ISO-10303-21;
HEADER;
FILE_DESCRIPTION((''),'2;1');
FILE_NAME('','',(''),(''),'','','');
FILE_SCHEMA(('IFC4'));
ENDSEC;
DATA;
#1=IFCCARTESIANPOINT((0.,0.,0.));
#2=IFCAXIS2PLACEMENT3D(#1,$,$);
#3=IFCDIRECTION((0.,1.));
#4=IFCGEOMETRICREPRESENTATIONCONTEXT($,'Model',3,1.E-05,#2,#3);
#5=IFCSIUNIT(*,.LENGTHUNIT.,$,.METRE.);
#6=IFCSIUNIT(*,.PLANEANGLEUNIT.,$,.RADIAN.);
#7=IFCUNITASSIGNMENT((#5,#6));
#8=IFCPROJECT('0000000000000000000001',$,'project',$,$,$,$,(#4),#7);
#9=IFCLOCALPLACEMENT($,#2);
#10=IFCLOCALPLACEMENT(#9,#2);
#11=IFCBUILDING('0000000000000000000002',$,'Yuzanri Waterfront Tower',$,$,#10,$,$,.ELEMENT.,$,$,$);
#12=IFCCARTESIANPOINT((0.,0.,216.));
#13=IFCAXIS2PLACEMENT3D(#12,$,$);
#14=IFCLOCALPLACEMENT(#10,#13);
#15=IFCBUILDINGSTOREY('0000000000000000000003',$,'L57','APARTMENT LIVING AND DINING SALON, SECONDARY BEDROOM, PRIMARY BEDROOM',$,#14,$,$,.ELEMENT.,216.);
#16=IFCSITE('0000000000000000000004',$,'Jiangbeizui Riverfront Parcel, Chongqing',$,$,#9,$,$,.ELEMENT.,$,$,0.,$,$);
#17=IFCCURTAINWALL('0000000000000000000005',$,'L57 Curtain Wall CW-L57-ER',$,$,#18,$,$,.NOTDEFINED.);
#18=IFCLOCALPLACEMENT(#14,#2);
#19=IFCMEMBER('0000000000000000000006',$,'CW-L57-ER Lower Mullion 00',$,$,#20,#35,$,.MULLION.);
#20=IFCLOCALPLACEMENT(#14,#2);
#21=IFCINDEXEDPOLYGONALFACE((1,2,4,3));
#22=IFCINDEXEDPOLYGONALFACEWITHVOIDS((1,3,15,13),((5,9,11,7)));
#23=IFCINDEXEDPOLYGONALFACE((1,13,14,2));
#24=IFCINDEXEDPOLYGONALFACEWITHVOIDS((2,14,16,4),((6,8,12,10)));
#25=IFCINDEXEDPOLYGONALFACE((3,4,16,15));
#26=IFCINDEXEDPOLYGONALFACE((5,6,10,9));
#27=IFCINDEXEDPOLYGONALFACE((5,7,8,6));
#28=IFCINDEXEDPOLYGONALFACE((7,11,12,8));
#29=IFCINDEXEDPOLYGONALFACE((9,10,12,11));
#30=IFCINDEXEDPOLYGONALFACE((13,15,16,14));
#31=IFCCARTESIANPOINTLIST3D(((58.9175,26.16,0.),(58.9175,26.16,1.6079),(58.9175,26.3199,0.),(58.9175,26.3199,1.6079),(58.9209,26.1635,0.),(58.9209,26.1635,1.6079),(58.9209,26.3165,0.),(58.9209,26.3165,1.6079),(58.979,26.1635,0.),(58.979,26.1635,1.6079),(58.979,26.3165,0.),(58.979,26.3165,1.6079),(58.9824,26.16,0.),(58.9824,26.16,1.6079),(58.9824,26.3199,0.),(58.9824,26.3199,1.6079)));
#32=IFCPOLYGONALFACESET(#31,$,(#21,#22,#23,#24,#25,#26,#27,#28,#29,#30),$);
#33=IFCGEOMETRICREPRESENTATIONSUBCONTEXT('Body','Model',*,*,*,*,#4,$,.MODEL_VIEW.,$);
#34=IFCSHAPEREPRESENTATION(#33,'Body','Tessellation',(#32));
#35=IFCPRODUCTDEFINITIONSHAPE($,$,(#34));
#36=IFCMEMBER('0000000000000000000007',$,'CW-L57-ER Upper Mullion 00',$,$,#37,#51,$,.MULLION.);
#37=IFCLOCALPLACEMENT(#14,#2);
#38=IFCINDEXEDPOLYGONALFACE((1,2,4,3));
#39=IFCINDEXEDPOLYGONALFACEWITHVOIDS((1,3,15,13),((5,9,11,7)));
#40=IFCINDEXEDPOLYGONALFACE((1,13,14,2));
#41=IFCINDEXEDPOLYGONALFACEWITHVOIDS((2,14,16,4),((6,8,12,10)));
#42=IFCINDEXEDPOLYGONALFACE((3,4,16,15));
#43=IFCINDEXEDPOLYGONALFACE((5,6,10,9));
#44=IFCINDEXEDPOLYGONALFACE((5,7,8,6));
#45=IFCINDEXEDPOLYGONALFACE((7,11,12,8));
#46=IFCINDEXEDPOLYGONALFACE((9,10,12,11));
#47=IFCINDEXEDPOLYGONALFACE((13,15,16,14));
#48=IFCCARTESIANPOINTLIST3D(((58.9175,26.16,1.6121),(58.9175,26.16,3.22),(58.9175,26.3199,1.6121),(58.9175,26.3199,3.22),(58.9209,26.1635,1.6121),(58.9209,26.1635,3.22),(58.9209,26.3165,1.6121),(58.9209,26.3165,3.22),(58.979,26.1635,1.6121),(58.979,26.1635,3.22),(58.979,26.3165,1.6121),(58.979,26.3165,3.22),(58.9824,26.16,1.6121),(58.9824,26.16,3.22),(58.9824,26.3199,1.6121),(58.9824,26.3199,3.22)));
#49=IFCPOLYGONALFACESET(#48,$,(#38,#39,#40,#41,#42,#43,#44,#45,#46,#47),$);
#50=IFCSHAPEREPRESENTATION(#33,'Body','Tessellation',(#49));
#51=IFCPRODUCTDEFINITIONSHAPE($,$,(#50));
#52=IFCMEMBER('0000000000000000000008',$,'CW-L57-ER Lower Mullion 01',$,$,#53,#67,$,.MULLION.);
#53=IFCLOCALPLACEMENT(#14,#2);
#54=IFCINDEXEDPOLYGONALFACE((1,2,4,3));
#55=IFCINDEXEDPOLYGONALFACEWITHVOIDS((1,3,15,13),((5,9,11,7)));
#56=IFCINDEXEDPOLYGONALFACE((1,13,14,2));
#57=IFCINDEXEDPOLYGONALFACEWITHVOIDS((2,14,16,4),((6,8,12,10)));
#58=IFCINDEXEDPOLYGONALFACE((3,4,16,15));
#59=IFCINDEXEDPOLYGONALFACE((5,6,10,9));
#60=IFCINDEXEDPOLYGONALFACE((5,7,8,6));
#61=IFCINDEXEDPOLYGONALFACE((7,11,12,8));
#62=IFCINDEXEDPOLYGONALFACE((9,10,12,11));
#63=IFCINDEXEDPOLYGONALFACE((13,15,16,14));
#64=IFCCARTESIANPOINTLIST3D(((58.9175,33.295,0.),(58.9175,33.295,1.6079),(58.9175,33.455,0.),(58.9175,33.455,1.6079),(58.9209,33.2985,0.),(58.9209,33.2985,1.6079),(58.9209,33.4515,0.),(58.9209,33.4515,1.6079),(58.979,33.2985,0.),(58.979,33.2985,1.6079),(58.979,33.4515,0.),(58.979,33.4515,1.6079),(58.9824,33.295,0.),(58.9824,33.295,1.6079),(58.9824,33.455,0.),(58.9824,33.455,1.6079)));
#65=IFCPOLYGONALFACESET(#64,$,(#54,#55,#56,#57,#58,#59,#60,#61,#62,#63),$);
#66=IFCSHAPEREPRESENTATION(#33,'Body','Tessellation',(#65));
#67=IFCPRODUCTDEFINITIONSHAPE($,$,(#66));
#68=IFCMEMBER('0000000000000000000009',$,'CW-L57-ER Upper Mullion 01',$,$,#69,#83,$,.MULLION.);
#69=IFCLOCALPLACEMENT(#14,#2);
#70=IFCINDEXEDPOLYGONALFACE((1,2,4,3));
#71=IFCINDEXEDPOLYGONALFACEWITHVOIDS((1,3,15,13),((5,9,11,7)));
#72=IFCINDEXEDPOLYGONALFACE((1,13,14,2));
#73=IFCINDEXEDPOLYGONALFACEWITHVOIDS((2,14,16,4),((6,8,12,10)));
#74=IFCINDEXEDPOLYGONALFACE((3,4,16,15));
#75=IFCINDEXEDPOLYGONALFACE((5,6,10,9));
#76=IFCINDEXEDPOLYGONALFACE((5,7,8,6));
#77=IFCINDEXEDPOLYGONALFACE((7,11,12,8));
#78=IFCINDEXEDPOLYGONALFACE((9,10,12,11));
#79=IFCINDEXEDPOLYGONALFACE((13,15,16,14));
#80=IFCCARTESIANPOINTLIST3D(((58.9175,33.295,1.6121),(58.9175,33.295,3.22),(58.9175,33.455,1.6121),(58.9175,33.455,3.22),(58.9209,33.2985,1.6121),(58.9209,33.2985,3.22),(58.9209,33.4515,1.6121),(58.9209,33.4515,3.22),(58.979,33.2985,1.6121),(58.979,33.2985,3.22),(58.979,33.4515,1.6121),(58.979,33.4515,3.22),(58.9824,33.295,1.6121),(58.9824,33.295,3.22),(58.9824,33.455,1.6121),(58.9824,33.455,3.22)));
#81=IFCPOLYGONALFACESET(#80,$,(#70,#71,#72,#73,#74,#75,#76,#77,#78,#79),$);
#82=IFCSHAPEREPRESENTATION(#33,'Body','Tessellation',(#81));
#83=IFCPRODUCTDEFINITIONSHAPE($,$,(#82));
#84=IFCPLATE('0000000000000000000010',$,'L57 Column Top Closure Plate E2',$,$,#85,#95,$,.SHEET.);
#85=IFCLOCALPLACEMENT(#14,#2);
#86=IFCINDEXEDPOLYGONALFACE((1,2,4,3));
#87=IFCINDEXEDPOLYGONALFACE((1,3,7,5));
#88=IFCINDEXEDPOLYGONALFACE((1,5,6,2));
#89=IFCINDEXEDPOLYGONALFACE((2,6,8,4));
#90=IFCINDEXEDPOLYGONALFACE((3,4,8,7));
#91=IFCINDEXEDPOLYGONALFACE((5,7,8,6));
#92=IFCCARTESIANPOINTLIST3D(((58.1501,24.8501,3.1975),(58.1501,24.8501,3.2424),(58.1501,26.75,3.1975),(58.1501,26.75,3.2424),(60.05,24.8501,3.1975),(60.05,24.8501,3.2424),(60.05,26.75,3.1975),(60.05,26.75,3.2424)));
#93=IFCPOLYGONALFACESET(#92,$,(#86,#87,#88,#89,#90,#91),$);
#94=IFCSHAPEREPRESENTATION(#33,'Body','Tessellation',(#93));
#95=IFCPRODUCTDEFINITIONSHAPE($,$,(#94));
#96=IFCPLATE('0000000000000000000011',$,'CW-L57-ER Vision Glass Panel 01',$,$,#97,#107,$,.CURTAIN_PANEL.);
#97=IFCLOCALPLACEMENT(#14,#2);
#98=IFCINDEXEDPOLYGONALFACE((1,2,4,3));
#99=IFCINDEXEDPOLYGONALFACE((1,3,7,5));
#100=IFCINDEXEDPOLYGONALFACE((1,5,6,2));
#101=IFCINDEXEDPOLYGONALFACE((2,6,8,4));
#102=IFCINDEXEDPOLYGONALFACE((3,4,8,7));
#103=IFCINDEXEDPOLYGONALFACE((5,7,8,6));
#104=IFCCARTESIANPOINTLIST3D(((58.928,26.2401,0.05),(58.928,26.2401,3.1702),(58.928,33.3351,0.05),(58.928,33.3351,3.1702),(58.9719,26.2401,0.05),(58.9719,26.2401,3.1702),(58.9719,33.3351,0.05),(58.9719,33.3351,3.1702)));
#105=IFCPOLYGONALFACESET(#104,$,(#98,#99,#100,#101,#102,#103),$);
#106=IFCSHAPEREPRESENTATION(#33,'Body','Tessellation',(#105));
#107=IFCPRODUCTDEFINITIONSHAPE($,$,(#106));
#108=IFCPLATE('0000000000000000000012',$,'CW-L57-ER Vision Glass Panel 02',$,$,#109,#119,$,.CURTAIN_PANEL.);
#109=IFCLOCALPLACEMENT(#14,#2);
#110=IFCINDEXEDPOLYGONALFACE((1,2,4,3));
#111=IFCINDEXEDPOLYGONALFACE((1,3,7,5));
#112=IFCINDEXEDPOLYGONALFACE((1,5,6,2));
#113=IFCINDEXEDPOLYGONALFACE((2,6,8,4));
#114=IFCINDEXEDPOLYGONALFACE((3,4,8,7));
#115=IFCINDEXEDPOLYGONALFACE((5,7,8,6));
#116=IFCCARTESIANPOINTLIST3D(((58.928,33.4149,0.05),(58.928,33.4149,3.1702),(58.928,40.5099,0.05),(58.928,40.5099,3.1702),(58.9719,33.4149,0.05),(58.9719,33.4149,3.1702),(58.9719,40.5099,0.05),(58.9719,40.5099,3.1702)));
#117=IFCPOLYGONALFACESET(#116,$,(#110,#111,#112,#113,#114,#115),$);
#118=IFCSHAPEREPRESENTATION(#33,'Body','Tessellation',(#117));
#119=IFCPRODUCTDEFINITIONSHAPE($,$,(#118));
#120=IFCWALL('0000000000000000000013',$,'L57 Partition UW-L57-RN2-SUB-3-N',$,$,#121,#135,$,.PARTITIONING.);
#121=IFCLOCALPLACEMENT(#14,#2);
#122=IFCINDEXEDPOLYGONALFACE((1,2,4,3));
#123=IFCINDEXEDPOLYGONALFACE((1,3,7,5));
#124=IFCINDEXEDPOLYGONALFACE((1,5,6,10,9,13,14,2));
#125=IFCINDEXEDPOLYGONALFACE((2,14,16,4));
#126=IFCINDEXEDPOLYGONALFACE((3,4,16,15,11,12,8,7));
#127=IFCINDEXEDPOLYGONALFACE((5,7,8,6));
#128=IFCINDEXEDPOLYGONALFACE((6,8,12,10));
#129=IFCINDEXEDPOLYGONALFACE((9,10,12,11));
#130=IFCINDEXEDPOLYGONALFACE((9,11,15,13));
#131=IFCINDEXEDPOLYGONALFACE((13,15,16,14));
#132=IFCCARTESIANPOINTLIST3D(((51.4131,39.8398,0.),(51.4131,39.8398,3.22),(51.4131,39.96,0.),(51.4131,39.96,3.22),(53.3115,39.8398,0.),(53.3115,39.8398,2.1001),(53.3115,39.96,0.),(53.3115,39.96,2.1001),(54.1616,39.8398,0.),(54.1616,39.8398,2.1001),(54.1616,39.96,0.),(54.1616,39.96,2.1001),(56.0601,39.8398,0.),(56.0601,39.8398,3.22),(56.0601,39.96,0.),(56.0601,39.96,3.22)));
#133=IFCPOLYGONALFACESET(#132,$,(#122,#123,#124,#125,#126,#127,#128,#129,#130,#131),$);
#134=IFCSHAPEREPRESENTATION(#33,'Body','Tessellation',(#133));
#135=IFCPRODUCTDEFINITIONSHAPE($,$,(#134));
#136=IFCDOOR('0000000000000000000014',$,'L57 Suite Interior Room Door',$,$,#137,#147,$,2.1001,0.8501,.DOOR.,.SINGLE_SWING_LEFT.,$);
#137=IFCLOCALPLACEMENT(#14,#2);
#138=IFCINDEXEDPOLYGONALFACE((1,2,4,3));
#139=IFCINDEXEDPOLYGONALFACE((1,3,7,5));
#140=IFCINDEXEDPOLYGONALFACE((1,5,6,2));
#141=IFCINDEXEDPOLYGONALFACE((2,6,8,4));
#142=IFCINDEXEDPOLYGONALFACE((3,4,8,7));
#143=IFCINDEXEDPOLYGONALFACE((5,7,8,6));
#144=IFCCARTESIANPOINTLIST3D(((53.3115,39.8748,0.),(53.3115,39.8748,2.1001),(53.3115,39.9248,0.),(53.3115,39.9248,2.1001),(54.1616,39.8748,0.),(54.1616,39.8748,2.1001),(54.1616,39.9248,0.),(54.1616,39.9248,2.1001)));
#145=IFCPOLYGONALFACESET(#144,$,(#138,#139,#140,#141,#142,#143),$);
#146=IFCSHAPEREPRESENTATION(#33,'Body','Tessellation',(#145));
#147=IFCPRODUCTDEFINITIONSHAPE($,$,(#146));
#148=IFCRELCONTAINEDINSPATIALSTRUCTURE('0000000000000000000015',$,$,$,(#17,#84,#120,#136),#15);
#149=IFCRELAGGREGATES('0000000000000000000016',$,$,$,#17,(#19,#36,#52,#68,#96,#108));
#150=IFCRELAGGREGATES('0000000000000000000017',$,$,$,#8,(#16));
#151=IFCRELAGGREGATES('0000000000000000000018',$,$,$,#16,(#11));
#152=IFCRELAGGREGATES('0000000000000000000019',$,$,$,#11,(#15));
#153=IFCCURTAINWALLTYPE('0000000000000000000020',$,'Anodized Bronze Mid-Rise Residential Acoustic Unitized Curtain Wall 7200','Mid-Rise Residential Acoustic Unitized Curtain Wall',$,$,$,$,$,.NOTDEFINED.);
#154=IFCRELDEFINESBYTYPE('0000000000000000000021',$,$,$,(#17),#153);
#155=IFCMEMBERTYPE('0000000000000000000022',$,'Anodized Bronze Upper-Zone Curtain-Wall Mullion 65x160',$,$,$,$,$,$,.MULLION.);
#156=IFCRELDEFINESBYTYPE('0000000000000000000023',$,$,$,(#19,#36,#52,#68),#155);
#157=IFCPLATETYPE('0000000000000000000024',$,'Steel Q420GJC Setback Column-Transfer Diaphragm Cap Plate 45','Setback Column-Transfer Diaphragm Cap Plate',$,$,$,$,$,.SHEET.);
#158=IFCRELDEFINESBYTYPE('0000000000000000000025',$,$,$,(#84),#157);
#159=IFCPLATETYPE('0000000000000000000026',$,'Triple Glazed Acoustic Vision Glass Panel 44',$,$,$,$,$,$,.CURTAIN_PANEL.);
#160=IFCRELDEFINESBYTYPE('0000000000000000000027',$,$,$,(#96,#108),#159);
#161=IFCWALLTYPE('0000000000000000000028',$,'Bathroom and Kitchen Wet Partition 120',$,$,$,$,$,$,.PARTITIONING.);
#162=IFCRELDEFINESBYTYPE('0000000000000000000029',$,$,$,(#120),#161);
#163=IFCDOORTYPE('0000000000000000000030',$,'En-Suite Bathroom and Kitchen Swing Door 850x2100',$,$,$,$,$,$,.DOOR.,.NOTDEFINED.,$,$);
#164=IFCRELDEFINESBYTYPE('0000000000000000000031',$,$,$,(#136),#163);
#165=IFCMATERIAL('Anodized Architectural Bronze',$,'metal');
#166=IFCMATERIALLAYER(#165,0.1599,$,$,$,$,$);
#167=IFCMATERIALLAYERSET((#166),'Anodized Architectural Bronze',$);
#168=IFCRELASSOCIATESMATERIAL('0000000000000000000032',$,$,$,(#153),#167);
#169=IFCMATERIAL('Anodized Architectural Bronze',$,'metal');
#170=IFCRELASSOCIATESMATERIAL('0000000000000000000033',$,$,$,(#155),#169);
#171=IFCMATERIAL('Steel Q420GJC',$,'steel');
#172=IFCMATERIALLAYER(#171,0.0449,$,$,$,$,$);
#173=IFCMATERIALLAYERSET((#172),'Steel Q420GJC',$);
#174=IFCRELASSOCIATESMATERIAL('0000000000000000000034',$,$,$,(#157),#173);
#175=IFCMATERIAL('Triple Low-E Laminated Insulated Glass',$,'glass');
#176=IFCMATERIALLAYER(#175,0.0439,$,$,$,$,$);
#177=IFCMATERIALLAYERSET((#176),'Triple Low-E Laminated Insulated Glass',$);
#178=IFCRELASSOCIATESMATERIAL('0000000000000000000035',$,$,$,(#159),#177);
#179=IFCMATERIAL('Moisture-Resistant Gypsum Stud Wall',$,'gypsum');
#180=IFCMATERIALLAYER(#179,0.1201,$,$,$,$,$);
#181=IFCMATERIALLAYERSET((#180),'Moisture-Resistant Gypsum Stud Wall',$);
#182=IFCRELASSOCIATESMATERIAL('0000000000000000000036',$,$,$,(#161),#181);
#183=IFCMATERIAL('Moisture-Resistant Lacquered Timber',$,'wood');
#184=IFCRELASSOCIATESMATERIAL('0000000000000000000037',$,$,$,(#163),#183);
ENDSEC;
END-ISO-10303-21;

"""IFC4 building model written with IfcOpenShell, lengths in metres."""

from ifc_helpers import new_model, si_unit, direction, frame, frame_2d, origin, origin_2d, place, context, subcontext, project, spatial, rectangle, hollow_rectangle, extrude, source, transform, mapped, material, layer, layer_set, material_profile, profile_set, type_object, element, fill, aggregate, save


model = new_model("IFC4")

# Units and contexts
model_context = context("Model", 3, precision=1e-05, world=origin(), true_north=direction((0.0, 1.0)))
body_context = subcontext(model_context, "Body", "Model", "MODEL_VIEW")
ifc_project = project(units=[si_unit("LENGTHUNIT", "METRE"), si_unit("PLANEANGLEUNIT", "RADIAN")], contexts=[model_context])

# Site, building, storey
site_placement = place(None, origin())
site = spatial("IfcSite", under=ifc_project, at=site_placement, Name="Jiangbeizui Riverfront Parcel, Chongqing", CompositionType="ELEMENT", RefElevation=0.0)
building_placement = place(site_placement, origin())
building = spatial("IfcBuilding", under=site, at=building_placement, Name="Yuzanri Waterfront Tower", CompositionType="ELEMENT")
storey_placement = place(building_placement, frame((0.0, 0.0, 216.0)))
storey = spatial("IfcBuildingStorey", under=building, at=storey_placement, Name="L57", Description="APARTMENT LIVING AND DINING SALON, SECONDARY BEDROOM, PRIMARY BEDROOM", CompositionType="ELEMENT", Elevation=216.0)

# Curtain wall, members
ifc_material_1 = material(Name="Anodized Architectural Bronze", Category="metal")
ifc_layer_1 = layer(ifc_material_1, 0.1599)
ifc_layer_set_1 = layer_set([ifc_layer_1], Name="Anodized Architectural Bronze")
curtain_wall_type = type_object("IfcCurtainWallType", Name="Anodized Bronze Mid-Rise Residential Acoustic Unitized Curtain Wall 7200", Description="Mid-Rise Residential Acoustic Unitized Curtain Wall", PredefinedType="NOTDEFINED", material=ifc_layer_set_1)
curtain_wall_placement = place(storey_placement, origin())
curtain_wall = element("IfcCurtainWall", 1, at=curtain_wall_placement, inside=storey, type_object=curtain_wall_type, Name="L57 Curtain Wall CW-L57-ER", PredefinedType="NOTDEFINED")
ifc_material_2 = material(Name="Anodized Architectural Bronze", Category="metal")
ifc_material_profile_1 = material_profile(ifc_material_2, hollow_rectangle(XDim=0.0649, YDim=0.1599, WallThickness=0.0034, at=origin_2d()), Name="CWM 65x160")
ifc_profile_set_1 = profile_set([ifc_material_profile_1], Name="Anodized Architectural Bronze")
member_type_1 = type_object("IfcMemberType", Name="Anodized Bronze Upper-Zone Curtain-Wall Mullion 65x160", PredefinedType="MULLION", material=ifc_profile_set_1)
shared_shape_1 = source(origin(), body_context, "Body", "SweptSolid", [
    extrude(hollow_rectangle(XDim=0.0649, YDim=0.1599, WallThickness=0.0034, at=origin_2d()), origin(), (0.0, 0.0, 1.0), 1.6079),
])
member_1_placement = place(storey_placement, frame((58.95, 26.24, 0.0), z_axis=(0.0, 0.0, 1.0), x_axis=(1.0, 0.0, 0.0)))
member_1 = element("IfcMember", 2, at=member_1_placement, type_object=member_type_1, Name="CW-L57-ER Lower Mullion 00", PredefinedType="MULLION", context=body_context, shape_type="MappedRepresentation", body=[
    mapped(shared_shape_1, transform((0.0, 0.0, 0.0), scale=1.0)),
])
member_2_placement = place(storey_placement, frame((58.95, 26.24, 1.6121), z_axis=(0.0, 0.0, 1.0), x_axis=(1.0, 0.0, 0.0)))
member_2 = element("IfcMember", 3, at=member_2_placement, type_object=member_type_1, Name="CW-L57-ER Upper Mullion 00", PredefinedType="MULLION", context=body_context, shape_type="MappedRepresentation", body=[
    mapped(shared_shape_1, transform((0.0, 0.0, 0.0), scale=1.0)),
])
member_3_placement = place(storey_placement, frame((58.95, 33.375, 0.0), z_axis=(0.0, 0.0, 1.0), x_axis=(1.0, 0.0, 0.0)))
member_3 = element("IfcMember", 4, at=member_3_placement, type_object=member_type_1, Name="CW-L57-ER Lower Mullion 01", PredefinedType="MULLION", context=body_context, shape_type="MappedRepresentation", body=[
    mapped(shared_shape_1, transform((0.0, 0.0, 0.0), scale=1.0)),
])
member_4_placement = place(storey_placement, frame((58.95, 33.375, 1.6121), z_axis=(0.0, 0.0, 1.0), x_axis=(1.0, 0.0, 0.0)))
member_4 = element("IfcMember", 5, at=member_4_placement, type_object=member_type_1, Name="CW-L57-ER Upper Mullion 01", PredefinedType="MULLION", context=body_context, shape_type="MappedRepresentation", body=[
    mapped(shared_shape_1, transform((0.0, 0.0, 0.0), scale=1.0)),
])

# Plates
ifc_material_3 = material(Name="Steel Q420GJC", Category="steel")
ifc_layer_2 = layer(ifc_material_3, 0.0449)
ifc_layer_set_2 = layer_set([ifc_layer_2], Name="Steel Q420GJC")
plate_type_1 = type_object("IfcPlateType", Name="Steel Q420GJC Setback Column-Transfer Diaphragm Cap Plate 45", Description="Setback Column-Transfer Diaphragm Cap Plate", PredefinedType="SHEET", material=ifc_layer_set_2)
shared_shape_2 = source(origin(), body_context, "Body", "SweptSolid", [
    extrude(rectangle(XDim=1.8999, YDim=1.8999, at=origin_2d()), origin(), (0.0, 0.0, 1.0), 0.0449),
])
plate_1_placement = place(storey_placement, frame((59.1001, 25.8, 3.1975), z_axis=(0.0, 0.0, 1.0), x_axis=(1.0, 0.0, 0.0)))
element("IfcPlate", 6, at=plate_1_placement, inside=storey, type_object=plate_type_1, Name="L57 Column Top Closure Plate E2", PredefinedType="SHEET", context=body_context, shape_type="MappedRepresentation", body=[
    mapped(shared_shape_2, transform((0.0, 0.0, 0.0), scale=1.0)),
])
ifc_material_4 = material(Name="Triple Low-E Laminated Insulated Glass", Category="glass")
ifc_layer_3 = layer(ifc_material_4, 0.0439)
ifc_layer_set_3 = layer_set([ifc_layer_3], Name="Triple Low-E Laminated Insulated Glass")
plate_type_2 = type_object("IfcPlateType", Name="Triple Glazed Acoustic Vision Glass Panel 44", PredefinedType="CURTAIN_PANEL", material=ifc_layer_set_3)
shared_shape_3 = source(origin(), body_context, "Body", "SweptSolid", [
    extrude(rectangle(XDim=7.095, YDim=0.0439, at=origin_2d()), origin(), (0.0, 0.0, 1.0), 3.1201),
])
plate_2_placement = place(storey_placement, frame((58.95, 29.7876, 0.05), z_axis=(0.0, 0.0, 1.0), x_axis=(0.0, 1.0, 0.0)))
plate_2 = element("IfcPlate", 7, at=plate_2_placement, type_object=plate_type_2, Name="CW-L57-ER Vision Glass Panel 01", PredefinedType="CURTAIN_PANEL", context=body_context, shape_type="MappedRepresentation", body=[
    mapped(shared_shape_3, transform((0.0, 0.0, 0.0), scale=1.0)),
])
plate_3_placement = place(storey_placement, frame((58.95, 36.9624, 0.05), z_axis=(0.0, 0.0, 1.0), x_axis=(0.0, 1.0, 0.0)))
plate_3 = element("IfcPlate", 8, at=plate_3_placement, type_object=plate_type_2, Name="CW-L57-ER Vision Glass Panel 02", PredefinedType="CURTAIN_PANEL", context=body_context, shape_type="MappedRepresentation", body=[
    mapped(shared_shape_3, transform((0.0, 0.0, 0.0), scale=1.0)),
])
aggregate(curtain_wall, [member_1, member_2, member_3, member_4, plate_2, plate_3])

# Wall, opening, door
ifc_material_5 = material(Name="Moisture-Resistant Gypsum Stud Wall", Category="gypsum")
ifc_layer_4 = layer(ifc_material_5, 0.1201)
ifc_layer_set_4 = layer_set([ifc_layer_4], Name="Moisture-Resistant Gypsum Stud Wall")
wall_type_1 = type_object("IfcWallType", Name="Bathroom and Kitchen Wet Partition 120", PredefinedType="PARTITIONING", material=ifc_layer_set_4)
wall_1_placement = place(storey_placement, frame((51.4131, 39.8999, 0.0), z_axis=(0.0, 0.0, 1.0), x_axis=(1.0, 0.0, 0.0)))
wall_1 = element("IfcWall", 9, at=wall_1_placement, inside=storey, type_object=wall_type_1, Name="L57 Partition UW-L57-RN2-SUB-3-N", PredefinedType="PARTITIONING", context=body_context, shape_type="SweptSolid", body=[
    extrude(rectangle(XDim=4.647, YDim=0.1201, at=frame_2d((2.3235, 0.0))), origin(), (0.0, 0.0, 1.0), 3.22),
])
opening_1_placement = place(wall_1_placement, frame((1.8984, 0.0, 0.0)))
opening_1 = element("IfcOpeningElement", 10, at=opening_1_placement, cuts=wall_1, PredefinedType="OPENING", context=body_context, shape_type="SweptSolid", body=[
    extrude(rectangle(XDim=0.8501, YDim=2.1001, at=frame_2d((0.425, 1.05))), frame((0.0, 0.075, 0.0), z_axis=(0.0, -1.0, 0.0), x_axis=(1.0, 0.0, 0.0)), (0.0, 0.0, 1.0), 0.1499),
])
ifc_material_6 = material(Name="Moisture-Resistant Lacquered Timber", Category="wood")
door_type_1 = type_object("IfcDoorType", Name="En-Suite Bathroom and Kitchen Swing Door 850x2100", OperationType="NOTDEFINED", PredefinedType="DOOR", material=ifc_material_6)
shared_shape_4 = source(origin(), body_context, "Body", "SweptSolid", [
    extrude(rectangle(XDim=0.8501, YDim=2.1001, at=frame_2d((0.425, 1.05))), frame((0.0, 0.0249, 0.0), z_axis=(0.0, -1.0, 0.0), x_axis=(1.0, 0.0, 0.0)), (0.0, 0.0, 1.0), 0.05),
])
door_1_placement = place(opening_1_placement, origin())
door_1 = element("IfcDoor", 11, at=door_1_placement, inside=storey, type_object=door_type_1, Name="L57 Suite Interior Room Door", OperationType="SINGLE_SWING_LEFT", OverallHeight=2.1001, OverallWidth=0.8501, PredefinedType="DOOR", context=body_context, shape_type="MappedRepresentation", body=[
    mapped(shared_shape_4, transform((0.0, 0.0, 0.0), scale=1.0)),
])
fill(opening_1, door_1)

save(model, "model.ifc")
